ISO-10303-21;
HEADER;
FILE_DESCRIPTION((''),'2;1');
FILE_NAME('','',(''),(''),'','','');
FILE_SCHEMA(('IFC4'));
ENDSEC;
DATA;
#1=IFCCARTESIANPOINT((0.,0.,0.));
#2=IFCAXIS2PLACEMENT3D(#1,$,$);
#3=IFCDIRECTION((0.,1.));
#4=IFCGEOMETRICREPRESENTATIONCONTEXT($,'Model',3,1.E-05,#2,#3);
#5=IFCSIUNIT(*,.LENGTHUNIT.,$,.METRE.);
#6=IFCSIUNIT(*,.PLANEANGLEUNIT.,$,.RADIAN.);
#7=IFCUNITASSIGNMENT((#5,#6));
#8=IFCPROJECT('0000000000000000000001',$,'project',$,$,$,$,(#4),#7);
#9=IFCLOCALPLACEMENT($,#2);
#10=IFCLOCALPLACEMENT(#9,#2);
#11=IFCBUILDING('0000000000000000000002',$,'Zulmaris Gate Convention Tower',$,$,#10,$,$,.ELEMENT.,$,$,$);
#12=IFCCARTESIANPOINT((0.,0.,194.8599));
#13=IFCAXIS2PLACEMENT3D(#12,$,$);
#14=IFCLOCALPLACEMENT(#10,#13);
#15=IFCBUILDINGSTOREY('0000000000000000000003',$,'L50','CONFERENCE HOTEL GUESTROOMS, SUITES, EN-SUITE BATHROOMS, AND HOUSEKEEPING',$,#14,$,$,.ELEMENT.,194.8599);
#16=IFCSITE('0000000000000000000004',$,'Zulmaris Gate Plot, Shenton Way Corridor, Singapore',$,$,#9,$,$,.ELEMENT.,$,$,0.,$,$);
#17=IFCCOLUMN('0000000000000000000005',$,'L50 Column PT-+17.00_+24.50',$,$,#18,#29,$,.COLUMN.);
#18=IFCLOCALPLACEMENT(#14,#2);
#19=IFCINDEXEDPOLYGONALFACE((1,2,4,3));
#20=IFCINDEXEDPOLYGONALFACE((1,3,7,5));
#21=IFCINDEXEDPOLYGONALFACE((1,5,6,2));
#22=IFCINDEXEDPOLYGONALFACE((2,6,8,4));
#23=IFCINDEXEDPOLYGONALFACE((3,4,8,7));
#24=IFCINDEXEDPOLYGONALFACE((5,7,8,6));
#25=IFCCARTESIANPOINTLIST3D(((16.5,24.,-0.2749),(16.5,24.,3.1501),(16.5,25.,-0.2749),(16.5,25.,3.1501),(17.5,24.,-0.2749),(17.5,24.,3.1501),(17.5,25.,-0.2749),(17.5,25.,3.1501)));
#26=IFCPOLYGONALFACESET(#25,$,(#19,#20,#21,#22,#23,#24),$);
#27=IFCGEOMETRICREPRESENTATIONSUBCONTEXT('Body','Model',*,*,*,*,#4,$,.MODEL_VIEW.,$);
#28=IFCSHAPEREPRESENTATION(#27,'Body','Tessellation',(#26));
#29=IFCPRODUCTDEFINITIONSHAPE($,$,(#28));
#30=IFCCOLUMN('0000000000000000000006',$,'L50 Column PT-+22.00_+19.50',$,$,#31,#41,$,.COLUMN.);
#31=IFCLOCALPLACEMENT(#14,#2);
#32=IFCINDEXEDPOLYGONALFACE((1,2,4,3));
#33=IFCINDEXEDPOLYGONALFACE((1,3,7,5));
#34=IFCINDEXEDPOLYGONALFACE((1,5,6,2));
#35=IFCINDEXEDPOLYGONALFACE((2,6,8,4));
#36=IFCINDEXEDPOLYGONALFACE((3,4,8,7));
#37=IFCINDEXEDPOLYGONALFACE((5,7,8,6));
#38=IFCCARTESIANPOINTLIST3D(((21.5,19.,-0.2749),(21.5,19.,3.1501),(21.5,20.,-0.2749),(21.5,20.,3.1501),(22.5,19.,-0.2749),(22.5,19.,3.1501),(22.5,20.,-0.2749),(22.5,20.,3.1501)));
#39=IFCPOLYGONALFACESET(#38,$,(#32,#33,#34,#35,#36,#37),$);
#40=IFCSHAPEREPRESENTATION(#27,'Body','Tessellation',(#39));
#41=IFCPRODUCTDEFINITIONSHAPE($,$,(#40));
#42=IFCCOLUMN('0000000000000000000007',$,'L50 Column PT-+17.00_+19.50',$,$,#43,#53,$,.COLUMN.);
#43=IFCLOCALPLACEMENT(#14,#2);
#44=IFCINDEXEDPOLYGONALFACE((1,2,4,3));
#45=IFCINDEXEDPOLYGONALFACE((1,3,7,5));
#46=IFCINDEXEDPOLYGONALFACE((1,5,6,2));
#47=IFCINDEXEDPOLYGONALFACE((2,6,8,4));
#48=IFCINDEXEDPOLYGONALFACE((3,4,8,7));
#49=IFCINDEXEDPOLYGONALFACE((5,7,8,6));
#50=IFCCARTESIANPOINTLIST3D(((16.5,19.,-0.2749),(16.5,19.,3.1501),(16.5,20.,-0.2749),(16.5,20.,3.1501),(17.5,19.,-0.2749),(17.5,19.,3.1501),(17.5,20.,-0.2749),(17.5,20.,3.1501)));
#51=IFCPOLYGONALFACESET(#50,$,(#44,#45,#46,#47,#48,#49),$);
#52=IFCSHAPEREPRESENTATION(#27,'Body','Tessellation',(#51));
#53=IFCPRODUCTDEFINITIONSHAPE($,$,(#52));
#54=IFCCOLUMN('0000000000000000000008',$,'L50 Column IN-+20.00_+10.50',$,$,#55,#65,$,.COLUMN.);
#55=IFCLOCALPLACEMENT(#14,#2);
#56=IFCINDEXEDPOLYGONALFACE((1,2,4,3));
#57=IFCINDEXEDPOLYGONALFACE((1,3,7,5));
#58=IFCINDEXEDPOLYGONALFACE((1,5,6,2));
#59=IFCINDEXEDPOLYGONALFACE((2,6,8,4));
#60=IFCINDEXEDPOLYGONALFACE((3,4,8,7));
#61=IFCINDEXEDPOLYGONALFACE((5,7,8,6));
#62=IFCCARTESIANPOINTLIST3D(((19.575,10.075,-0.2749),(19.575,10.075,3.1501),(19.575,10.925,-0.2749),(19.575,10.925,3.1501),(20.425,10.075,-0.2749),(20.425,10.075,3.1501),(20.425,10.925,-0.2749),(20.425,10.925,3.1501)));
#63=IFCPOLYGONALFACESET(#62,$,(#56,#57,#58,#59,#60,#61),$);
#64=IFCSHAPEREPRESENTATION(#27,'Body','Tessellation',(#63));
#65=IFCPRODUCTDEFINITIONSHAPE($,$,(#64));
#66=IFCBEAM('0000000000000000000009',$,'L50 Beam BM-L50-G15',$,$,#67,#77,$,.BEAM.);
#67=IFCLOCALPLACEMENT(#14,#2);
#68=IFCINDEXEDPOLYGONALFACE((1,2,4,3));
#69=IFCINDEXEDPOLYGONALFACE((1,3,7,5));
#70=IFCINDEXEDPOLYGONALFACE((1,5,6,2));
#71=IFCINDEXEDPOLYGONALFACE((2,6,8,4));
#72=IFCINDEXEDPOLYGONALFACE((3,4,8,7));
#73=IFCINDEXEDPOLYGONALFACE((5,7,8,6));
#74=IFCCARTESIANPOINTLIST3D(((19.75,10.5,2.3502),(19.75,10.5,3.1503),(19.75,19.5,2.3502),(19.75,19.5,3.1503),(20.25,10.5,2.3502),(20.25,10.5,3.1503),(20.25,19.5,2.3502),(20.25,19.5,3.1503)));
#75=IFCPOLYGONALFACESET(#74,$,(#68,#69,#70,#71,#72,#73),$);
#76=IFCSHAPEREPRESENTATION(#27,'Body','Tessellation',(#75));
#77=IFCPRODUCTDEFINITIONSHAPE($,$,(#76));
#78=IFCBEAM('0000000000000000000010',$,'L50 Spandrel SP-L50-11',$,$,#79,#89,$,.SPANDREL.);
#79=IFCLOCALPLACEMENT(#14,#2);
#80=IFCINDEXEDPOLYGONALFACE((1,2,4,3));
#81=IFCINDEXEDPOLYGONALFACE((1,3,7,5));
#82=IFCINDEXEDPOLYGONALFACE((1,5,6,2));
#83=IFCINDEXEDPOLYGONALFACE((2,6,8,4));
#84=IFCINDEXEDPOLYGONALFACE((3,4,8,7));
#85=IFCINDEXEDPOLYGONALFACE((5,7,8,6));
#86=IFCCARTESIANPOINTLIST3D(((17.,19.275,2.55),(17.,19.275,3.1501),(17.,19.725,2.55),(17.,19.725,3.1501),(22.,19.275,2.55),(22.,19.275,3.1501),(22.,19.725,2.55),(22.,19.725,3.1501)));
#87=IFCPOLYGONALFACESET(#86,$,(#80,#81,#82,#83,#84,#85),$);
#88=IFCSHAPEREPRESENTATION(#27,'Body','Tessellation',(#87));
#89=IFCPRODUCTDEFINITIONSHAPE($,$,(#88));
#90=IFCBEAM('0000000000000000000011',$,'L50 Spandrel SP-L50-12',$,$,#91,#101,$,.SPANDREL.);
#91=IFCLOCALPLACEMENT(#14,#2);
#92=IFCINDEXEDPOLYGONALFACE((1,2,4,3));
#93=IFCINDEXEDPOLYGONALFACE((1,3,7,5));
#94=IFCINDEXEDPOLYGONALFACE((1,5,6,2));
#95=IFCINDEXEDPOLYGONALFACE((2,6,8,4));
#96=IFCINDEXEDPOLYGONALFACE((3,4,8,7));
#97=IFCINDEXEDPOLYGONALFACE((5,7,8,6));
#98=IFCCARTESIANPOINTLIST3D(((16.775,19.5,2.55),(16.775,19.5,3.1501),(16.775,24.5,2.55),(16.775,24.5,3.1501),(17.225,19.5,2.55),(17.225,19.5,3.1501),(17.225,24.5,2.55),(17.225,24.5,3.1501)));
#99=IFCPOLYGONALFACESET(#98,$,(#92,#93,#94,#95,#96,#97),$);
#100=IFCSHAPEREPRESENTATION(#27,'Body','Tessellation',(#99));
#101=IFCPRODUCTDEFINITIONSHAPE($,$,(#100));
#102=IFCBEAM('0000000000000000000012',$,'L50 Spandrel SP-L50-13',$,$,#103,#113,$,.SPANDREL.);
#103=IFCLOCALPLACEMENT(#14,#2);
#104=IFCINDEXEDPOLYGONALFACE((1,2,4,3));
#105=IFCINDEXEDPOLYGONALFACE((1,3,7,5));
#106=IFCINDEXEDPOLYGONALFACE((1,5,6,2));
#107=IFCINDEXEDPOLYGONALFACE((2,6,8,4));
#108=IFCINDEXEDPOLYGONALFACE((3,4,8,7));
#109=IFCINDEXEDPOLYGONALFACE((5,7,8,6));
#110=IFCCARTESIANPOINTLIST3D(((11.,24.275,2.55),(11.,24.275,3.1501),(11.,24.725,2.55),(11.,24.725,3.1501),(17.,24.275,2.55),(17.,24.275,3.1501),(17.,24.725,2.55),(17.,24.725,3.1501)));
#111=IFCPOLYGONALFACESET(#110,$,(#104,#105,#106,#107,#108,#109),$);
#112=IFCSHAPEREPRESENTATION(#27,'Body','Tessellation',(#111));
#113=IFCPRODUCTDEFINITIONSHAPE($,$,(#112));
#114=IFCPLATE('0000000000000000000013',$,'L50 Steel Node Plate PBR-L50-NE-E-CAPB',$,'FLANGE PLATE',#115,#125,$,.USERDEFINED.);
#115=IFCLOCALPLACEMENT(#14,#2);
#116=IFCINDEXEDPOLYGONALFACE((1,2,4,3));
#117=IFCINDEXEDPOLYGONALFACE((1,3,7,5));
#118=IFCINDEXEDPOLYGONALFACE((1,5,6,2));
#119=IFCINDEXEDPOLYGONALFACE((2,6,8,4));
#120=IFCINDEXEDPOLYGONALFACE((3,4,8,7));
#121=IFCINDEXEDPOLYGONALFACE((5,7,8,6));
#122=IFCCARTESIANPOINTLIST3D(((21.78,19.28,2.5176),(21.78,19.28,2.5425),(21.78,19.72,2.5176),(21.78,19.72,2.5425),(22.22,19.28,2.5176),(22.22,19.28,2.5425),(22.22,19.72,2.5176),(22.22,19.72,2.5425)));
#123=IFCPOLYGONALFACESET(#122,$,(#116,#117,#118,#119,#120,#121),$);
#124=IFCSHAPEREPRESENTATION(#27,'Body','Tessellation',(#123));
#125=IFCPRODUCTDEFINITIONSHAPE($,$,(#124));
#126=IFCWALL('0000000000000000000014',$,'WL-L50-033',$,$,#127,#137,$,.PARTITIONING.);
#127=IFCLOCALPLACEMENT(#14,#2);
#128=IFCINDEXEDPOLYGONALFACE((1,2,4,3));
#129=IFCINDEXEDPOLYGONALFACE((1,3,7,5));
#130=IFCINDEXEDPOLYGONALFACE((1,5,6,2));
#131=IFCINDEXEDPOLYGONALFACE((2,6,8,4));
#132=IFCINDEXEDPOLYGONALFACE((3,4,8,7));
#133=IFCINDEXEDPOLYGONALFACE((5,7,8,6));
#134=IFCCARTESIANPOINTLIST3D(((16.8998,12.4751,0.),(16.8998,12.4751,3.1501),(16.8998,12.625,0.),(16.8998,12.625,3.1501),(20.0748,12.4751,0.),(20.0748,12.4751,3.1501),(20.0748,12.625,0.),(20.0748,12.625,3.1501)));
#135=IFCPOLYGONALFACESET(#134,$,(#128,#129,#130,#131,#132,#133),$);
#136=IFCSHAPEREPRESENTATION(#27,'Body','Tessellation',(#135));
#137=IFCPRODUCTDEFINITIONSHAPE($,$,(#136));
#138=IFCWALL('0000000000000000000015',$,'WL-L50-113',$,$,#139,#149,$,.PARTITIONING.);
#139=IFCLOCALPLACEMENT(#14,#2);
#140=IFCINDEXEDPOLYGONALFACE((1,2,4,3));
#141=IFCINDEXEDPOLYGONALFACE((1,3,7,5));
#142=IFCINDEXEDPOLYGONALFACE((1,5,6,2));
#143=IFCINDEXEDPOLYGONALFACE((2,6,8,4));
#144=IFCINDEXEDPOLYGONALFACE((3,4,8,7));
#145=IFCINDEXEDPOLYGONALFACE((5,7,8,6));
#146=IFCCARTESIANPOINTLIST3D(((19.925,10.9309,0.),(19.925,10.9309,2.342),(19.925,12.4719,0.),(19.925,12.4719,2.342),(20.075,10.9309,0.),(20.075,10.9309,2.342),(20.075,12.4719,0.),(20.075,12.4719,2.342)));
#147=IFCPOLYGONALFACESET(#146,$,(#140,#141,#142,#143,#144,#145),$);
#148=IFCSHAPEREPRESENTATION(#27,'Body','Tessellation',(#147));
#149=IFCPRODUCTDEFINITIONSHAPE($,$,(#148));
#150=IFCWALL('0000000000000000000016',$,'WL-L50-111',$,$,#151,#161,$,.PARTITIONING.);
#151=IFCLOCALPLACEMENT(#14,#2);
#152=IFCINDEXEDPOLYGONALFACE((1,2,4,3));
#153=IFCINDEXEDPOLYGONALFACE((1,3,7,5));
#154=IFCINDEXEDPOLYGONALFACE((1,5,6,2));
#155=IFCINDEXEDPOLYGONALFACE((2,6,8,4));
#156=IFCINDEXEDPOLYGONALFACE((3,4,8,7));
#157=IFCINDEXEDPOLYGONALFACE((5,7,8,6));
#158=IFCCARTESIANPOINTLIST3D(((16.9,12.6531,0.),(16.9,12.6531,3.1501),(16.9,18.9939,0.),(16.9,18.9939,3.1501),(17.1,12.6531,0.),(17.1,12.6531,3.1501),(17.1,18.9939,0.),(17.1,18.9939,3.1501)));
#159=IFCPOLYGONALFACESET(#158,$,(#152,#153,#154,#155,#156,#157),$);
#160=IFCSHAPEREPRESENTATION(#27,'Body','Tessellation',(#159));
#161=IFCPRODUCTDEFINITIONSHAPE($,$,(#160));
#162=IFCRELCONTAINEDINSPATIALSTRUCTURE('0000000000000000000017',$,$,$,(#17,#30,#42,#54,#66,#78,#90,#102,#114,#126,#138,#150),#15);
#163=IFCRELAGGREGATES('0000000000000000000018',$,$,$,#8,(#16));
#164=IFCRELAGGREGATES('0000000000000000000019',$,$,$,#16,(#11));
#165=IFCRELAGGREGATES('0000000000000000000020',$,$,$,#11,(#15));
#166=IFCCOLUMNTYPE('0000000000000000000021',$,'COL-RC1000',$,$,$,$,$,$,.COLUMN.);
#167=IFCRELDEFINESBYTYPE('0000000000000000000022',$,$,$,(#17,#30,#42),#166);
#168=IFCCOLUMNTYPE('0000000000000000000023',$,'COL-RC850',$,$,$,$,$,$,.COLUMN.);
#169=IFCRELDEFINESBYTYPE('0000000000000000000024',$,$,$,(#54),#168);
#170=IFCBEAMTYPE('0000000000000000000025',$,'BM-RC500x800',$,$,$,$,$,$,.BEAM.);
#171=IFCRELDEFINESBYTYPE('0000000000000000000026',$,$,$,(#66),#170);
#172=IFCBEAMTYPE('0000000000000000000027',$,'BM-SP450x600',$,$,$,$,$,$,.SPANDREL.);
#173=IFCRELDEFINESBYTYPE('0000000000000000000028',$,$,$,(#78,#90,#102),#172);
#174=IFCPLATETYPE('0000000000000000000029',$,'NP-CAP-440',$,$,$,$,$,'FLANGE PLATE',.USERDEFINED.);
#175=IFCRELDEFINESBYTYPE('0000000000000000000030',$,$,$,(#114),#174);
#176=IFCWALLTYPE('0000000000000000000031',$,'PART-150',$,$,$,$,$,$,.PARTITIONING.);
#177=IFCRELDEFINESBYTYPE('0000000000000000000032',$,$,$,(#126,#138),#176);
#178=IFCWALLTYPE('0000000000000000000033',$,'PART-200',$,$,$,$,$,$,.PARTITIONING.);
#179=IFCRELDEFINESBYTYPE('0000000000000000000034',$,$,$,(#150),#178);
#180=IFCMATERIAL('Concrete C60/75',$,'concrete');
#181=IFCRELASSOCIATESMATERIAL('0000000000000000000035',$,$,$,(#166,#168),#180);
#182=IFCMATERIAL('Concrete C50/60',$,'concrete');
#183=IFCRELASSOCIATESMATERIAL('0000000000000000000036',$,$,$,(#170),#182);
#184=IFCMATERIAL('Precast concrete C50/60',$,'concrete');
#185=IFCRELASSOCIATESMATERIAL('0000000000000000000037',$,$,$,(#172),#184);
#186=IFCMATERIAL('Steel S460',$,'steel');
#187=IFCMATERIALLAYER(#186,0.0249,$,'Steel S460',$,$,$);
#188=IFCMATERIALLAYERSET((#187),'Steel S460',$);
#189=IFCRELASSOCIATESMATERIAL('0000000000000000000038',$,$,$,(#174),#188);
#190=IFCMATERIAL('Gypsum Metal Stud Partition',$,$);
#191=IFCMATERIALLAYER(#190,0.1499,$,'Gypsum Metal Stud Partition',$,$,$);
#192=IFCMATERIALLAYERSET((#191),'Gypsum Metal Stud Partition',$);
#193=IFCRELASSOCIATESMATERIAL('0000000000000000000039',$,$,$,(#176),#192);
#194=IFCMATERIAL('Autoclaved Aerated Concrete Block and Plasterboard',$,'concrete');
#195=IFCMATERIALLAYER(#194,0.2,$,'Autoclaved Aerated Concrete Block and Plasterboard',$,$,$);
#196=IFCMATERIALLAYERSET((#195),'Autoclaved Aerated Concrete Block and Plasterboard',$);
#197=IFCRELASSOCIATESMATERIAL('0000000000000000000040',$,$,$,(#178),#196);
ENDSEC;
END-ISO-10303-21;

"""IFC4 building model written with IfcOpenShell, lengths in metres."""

from ifc_helpers import new_model, si_unit, direction, frame, frame_2d, origin, origin_2d, place, context, subcontext, project, spatial, rectangle, extrude, material, layer, layer_set, material_profile, profile_set, type_object, element, save


model = new_model("IFC4")

# Units and contexts
model_context = context("Model", 3, precision=1e-05, world=origin(), true_north=direction((0.0, 1.0)))
body_context = subcontext(model_context, "Body", "Model", "MODEL_VIEW")
ifc_project = project(units=[si_unit("LENGTHUNIT", "METRE"), si_unit("PLANEANGLEUNIT", "RADIAN")], contexts=[model_context])

# Site, building, storey
site_placement = place(None, origin())
site = spatial("IfcSite", under=ifc_project, at=site_placement, Name="Zulmaris Gate Plot, Shenton Way Corridor, Singapore", CompositionType="ELEMENT", RefElevation=0.0)
building_placement = place(site_placement, origin())
building = spatial("IfcBuilding", under=site, at=building_placement, Name="Zulmaris Gate Convention Tower", CompositionType="ELEMENT")
storey_placement = place(building_placement, frame((0.0, 0.0, 194.8599)))
storey = spatial("IfcBuildingStorey", under=building, at=storey_placement, Name="L50", Description="CONFERENCE HOTEL GUESTROOMS, SUITES, EN-SUITE BATHROOMS, AND HOUSEKEEPING", CompositionType="ELEMENT", Elevation=194.8599)

# Columns
ifc_material_1 = material(Name="Concrete C60/75", Category="concrete")
ifc_material_profile_1 = material_profile(ifc_material_1, rectangle(XDim=1.0, YDim=1.0, at=origin_2d()), Name="RC COL 1000x1000")
ifc_profile_set_1 = profile_set([ifc_material_profile_1], Name="Concrete C60/75")
column_type_1 = type_object("IfcColumnType", Name="COL-RC1000", PredefinedType="COLUMN", material=ifc_profile_set_1)
for number, where, z_axis, x_axis, name in (
    (1, (17.0, 24.5, -0.2749), (0.0, 0.0, 1.0), (1.0, 0.0, 0.0), "L50 Column PT-+17.00_+24.50"),
    (2, (22.0, 19.5, -0.2749), (0.0, 0.0, 1.0), (1.0, 0.0, 0.0), "L50 Column PT-+22.00_+19.50"),
    (3, (17.0, 19.5, -0.2749), (0.0, 0.0, 1.0), (1.0, 0.0, 0.0), "L50 Column PT-+17.00_+19.50"),
):
    element("IfcColumn", number, at=place(storey_placement, frame(where, z_axis=z_axis, x_axis=x_axis)), inside=storey, type_object=column_type_1, Name=name, PredefinedType="COLUMN", context=body_context, shape_type="SweptSolid", body=[
        extrude(rectangle(XDim=1.0, YDim=1.0, at=origin_2d()), origin(), (0.0, 0.0, 1.0), 3.425),
    ])
ifc_material_profile_2 = material_profile(ifc_material_1, rectangle(XDim=0.8501, YDim=0.8501, at=origin_2d()), Name="RC COL 850x850")
ifc_profile_set_2 = profile_set([ifc_material_profile_2], Name="Concrete C60/75")
column_type_2 = type_object("IfcColumnType", Name="COL-RC850", PredefinedType="COLUMN", material=ifc_profile_set_2)
column_placement = place(storey_placement, frame((20.0, 10.5, -0.2749), z_axis=(0.0, 0.0, 1.0), x_axis=(1.0, 0.0, 0.0)))
element("IfcColumn", 4, at=column_placement, inside=storey, type_object=column_type_2, Name="L50 Column IN-+20.00_+10.50", PredefinedType="COLUMN", context=body_context, shape_type="SweptSolid", body=[
    extrude(rectangle(XDim=0.8501, YDim=0.8501, at=origin_2d()), origin(), (0.0, 0.0, 1.0), 3.425),
])

# Beams
ifc_material_2 = material(Name="Concrete C50/60", Category="concrete")
ifc_material_profile_3 = material_profile(ifc_material_2, rectangle(XDim=0.5, YDim=0.8, at=origin_2d()), Name="RC BEAM 500x800")
ifc_profile_set_3 = profile_set([ifc_material_profile_3], Name="Concrete C50/60")
beam_type_1 = type_object("IfcBeamType", Name="BM-RC500x800", PredefinedType="BEAM", material=ifc_profile_set_3)
beam_1_placement = place(storey_placement, frame((20.0, 10.5, 2.7502), z_axis=(0.0, 1.0, 0.0), x_axis=(-1.0, 0.0, 0.0)))
element("IfcBeam", 5, at=beam_1_placement, inside=storey, type_object=beam_type_1, Name="L50 Beam BM-L50-G15", PredefinedType="BEAM", context=body_context, shape_type="SweptSolid", body=[
    extrude(rectangle(XDim=0.5, YDim=0.8, at=origin_2d()), origin(), (0.0, 0.0, 1.0), 9.0),
])
ifc_material_3 = material(Name="Precast concrete C50/60", Category="concrete")
ifc_material_profile_4 = material_profile(ifc_material_3, rectangle(XDim=0.45, YDim=0.6001, at=origin_2d()), Name="RC SPANDREL 450x600")
ifc_profile_set_4 = profile_set([ifc_material_profile_4], Name="Precast concrete C50/60")
beam_type_2 = type_object("IfcBeamType", Name="BM-SP450x600", PredefinedType="SPANDREL", material=ifc_profile_set_4)
for number, where, z_axis, x_axis, name in (
    (6, (22.0, 19.5, 2.8501), (-1.0, 0.0, 0.0), (0.0, -1.0, 0.0), "L50 Spandrel SP-L50-11"),
    (7, (17.0, 19.5, 2.8501), (0.0, 1.0, 0.0), (-1.0, 0.0, 0.0), "L50 Spandrel SP-L50-12"),
):
    element("IfcBeam", number, at=place(storey_placement, frame(where, z_axis=z_axis, x_axis=x_axis)), inside=storey, type_object=beam_type_2, Name=name, PredefinedType="SPANDREL", context=body_context, shape_type="SweptSolid", body=[
        extrude(rectangle(XDim=0.45, YDim=0.6001, at=origin_2d()), origin(), (0.0, 0.0, 1.0), 5.0),
    ])
beam_2_placement = place(storey_placement, frame((17.0, 24.5, 2.8501), z_axis=(-1.0, 0.0, 0.0), x_axis=(0.0, -1.0, 0.0)))
element("IfcBeam", 8, at=beam_2_placement, inside=storey, type_object=beam_type_2, Name="L50 Spandrel SP-L50-13", PredefinedType="SPANDREL", context=body_context, shape_type="SweptSolid", body=[
    extrude(rectangle(XDim=0.45, YDim=0.6001, at=origin_2d()), origin(), (0.0, 0.0, 1.0), 6.0),
])

# Plate
ifc_material_4 = material(Name="Steel S460", Category="steel")
ifc_layer_1 = layer(ifc_material_4, 0.0249, Name="Steel S460")
ifc_layer_set_1 = layer_set([ifc_layer_1], Name="Steel S460")
plate_type = type_object("IfcPlateType", Name="NP-CAP-440", ElementType="FLANGE PLATE", PredefinedType="USERDEFINED", material=ifc_layer_set_1)
plate_placement = place(storey_placement, frame((22.0, 19.5, 2.5176), z_axis=(0.0, 0.0, 1.0), x_axis=(1.0, 0.0, 0.0)))
element("IfcPlate", 9, at=plate_placement, inside=storey, type_object=plate_type, Name="L50 Steel Node Plate PBR-L50-NE-E-CAPB", ObjectType="FLANGE PLATE", PredefinedType="USERDEFINED", context=body_context, shape_type="SweptSolid", body=[
    extrude(rectangle(XDim=0.4399, YDim=0.4399, at=origin_2d()), origin(), (0.0, 0.0, 1.0), 0.0249),
])

# Walls
ifc_material_5 = material(Name="Gypsum Metal Stud Partition")
ifc_layer_2 = layer(ifc_material_5, 0.1499, Name="Gypsum Metal Stud Partition")
ifc_layer_set_2 = layer_set([ifc_layer_2], Name="Gypsum Metal Stud Partition")
wall_type_1 = type_object("IfcWallType", Name="PART-150", PredefinedType="PARTITIONING", material=ifc_layer_set_2)
wall_1_placement = place(storey_placement, frame((16.8999, 12.55, 0.0), z_axis=(0.0, 0.0, 1.0), x_axis=(1.0, 0.0, 0.0)))
element("IfcWall", 10, at=wall_1_placement, inside=storey, type_object=wall_type_1, Name="WL-L50-033", PredefinedType="PARTITIONING", context=body_context, shape_type="SweptSolid", body=[
    extrude(rectangle(XDim=3.175, YDim=0.1499, at=frame_2d((1.5874, 0.0))), origin(), (0.0, 0.0, 1.0), 3.1501),
])
wall_2_placement = place(storey_placement, frame((20.0, 10.9309, 0.0), z_axis=(0.0, 0.0, 1.0), x_axis=(0.0, 1.0, 0.0)))
element("IfcWall", 11, at=wall_2_placement, inside=storey, type_object=wall_type_1, Name="WL-L50-113", PredefinedType="PARTITIONING", context=body_context, shape_type="SweptSolid", body=[
    extrude(rectangle(XDim=1.541, YDim=0.1499, at=frame_2d((0.7705, 0.0))), origin(), (0.0, 0.0, 1.0), 2.342),
])
ifc_material_6 = material(Name="Autoclaved Aerated Concrete Block and Plasterboard", Category="concrete")
ifc_layer_3 = layer(ifc_material_6, 0.2, Name="Autoclaved Aerated Concrete Block and Plasterboard")
ifc_layer_set_3 = layer_set([ifc_layer_3], Name="Autoclaved Aerated Concrete Block and Plasterboard")
wall_type_2 = type_object("IfcWallType", Name="PART-200", PredefinedType="PARTITIONING", material=ifc_layer_set_3)
wall_3_placement = place(storey_placement, frame((17.0, 12.6531, 0.0), z_axis=(0.0, 0.0, 1.0), x_axis=(0.0, 1.0, 0.0)))
element("IfcWall", 12, at=wall_3_placement, inside=storey, type_object=wall_type_2, Name="WL-L50-111", PredefinedType="PARTITIONING", context=body_context, shape_type="SweptSolid", body=[
    extrude(rectangle(XDim=6.3408, YDim=0.2, at=frame_2d((3.1704, 0.0))), origin(), (0.0, 0.0, 1.0), 3.1501),
])

save(model, "model.ifc")
